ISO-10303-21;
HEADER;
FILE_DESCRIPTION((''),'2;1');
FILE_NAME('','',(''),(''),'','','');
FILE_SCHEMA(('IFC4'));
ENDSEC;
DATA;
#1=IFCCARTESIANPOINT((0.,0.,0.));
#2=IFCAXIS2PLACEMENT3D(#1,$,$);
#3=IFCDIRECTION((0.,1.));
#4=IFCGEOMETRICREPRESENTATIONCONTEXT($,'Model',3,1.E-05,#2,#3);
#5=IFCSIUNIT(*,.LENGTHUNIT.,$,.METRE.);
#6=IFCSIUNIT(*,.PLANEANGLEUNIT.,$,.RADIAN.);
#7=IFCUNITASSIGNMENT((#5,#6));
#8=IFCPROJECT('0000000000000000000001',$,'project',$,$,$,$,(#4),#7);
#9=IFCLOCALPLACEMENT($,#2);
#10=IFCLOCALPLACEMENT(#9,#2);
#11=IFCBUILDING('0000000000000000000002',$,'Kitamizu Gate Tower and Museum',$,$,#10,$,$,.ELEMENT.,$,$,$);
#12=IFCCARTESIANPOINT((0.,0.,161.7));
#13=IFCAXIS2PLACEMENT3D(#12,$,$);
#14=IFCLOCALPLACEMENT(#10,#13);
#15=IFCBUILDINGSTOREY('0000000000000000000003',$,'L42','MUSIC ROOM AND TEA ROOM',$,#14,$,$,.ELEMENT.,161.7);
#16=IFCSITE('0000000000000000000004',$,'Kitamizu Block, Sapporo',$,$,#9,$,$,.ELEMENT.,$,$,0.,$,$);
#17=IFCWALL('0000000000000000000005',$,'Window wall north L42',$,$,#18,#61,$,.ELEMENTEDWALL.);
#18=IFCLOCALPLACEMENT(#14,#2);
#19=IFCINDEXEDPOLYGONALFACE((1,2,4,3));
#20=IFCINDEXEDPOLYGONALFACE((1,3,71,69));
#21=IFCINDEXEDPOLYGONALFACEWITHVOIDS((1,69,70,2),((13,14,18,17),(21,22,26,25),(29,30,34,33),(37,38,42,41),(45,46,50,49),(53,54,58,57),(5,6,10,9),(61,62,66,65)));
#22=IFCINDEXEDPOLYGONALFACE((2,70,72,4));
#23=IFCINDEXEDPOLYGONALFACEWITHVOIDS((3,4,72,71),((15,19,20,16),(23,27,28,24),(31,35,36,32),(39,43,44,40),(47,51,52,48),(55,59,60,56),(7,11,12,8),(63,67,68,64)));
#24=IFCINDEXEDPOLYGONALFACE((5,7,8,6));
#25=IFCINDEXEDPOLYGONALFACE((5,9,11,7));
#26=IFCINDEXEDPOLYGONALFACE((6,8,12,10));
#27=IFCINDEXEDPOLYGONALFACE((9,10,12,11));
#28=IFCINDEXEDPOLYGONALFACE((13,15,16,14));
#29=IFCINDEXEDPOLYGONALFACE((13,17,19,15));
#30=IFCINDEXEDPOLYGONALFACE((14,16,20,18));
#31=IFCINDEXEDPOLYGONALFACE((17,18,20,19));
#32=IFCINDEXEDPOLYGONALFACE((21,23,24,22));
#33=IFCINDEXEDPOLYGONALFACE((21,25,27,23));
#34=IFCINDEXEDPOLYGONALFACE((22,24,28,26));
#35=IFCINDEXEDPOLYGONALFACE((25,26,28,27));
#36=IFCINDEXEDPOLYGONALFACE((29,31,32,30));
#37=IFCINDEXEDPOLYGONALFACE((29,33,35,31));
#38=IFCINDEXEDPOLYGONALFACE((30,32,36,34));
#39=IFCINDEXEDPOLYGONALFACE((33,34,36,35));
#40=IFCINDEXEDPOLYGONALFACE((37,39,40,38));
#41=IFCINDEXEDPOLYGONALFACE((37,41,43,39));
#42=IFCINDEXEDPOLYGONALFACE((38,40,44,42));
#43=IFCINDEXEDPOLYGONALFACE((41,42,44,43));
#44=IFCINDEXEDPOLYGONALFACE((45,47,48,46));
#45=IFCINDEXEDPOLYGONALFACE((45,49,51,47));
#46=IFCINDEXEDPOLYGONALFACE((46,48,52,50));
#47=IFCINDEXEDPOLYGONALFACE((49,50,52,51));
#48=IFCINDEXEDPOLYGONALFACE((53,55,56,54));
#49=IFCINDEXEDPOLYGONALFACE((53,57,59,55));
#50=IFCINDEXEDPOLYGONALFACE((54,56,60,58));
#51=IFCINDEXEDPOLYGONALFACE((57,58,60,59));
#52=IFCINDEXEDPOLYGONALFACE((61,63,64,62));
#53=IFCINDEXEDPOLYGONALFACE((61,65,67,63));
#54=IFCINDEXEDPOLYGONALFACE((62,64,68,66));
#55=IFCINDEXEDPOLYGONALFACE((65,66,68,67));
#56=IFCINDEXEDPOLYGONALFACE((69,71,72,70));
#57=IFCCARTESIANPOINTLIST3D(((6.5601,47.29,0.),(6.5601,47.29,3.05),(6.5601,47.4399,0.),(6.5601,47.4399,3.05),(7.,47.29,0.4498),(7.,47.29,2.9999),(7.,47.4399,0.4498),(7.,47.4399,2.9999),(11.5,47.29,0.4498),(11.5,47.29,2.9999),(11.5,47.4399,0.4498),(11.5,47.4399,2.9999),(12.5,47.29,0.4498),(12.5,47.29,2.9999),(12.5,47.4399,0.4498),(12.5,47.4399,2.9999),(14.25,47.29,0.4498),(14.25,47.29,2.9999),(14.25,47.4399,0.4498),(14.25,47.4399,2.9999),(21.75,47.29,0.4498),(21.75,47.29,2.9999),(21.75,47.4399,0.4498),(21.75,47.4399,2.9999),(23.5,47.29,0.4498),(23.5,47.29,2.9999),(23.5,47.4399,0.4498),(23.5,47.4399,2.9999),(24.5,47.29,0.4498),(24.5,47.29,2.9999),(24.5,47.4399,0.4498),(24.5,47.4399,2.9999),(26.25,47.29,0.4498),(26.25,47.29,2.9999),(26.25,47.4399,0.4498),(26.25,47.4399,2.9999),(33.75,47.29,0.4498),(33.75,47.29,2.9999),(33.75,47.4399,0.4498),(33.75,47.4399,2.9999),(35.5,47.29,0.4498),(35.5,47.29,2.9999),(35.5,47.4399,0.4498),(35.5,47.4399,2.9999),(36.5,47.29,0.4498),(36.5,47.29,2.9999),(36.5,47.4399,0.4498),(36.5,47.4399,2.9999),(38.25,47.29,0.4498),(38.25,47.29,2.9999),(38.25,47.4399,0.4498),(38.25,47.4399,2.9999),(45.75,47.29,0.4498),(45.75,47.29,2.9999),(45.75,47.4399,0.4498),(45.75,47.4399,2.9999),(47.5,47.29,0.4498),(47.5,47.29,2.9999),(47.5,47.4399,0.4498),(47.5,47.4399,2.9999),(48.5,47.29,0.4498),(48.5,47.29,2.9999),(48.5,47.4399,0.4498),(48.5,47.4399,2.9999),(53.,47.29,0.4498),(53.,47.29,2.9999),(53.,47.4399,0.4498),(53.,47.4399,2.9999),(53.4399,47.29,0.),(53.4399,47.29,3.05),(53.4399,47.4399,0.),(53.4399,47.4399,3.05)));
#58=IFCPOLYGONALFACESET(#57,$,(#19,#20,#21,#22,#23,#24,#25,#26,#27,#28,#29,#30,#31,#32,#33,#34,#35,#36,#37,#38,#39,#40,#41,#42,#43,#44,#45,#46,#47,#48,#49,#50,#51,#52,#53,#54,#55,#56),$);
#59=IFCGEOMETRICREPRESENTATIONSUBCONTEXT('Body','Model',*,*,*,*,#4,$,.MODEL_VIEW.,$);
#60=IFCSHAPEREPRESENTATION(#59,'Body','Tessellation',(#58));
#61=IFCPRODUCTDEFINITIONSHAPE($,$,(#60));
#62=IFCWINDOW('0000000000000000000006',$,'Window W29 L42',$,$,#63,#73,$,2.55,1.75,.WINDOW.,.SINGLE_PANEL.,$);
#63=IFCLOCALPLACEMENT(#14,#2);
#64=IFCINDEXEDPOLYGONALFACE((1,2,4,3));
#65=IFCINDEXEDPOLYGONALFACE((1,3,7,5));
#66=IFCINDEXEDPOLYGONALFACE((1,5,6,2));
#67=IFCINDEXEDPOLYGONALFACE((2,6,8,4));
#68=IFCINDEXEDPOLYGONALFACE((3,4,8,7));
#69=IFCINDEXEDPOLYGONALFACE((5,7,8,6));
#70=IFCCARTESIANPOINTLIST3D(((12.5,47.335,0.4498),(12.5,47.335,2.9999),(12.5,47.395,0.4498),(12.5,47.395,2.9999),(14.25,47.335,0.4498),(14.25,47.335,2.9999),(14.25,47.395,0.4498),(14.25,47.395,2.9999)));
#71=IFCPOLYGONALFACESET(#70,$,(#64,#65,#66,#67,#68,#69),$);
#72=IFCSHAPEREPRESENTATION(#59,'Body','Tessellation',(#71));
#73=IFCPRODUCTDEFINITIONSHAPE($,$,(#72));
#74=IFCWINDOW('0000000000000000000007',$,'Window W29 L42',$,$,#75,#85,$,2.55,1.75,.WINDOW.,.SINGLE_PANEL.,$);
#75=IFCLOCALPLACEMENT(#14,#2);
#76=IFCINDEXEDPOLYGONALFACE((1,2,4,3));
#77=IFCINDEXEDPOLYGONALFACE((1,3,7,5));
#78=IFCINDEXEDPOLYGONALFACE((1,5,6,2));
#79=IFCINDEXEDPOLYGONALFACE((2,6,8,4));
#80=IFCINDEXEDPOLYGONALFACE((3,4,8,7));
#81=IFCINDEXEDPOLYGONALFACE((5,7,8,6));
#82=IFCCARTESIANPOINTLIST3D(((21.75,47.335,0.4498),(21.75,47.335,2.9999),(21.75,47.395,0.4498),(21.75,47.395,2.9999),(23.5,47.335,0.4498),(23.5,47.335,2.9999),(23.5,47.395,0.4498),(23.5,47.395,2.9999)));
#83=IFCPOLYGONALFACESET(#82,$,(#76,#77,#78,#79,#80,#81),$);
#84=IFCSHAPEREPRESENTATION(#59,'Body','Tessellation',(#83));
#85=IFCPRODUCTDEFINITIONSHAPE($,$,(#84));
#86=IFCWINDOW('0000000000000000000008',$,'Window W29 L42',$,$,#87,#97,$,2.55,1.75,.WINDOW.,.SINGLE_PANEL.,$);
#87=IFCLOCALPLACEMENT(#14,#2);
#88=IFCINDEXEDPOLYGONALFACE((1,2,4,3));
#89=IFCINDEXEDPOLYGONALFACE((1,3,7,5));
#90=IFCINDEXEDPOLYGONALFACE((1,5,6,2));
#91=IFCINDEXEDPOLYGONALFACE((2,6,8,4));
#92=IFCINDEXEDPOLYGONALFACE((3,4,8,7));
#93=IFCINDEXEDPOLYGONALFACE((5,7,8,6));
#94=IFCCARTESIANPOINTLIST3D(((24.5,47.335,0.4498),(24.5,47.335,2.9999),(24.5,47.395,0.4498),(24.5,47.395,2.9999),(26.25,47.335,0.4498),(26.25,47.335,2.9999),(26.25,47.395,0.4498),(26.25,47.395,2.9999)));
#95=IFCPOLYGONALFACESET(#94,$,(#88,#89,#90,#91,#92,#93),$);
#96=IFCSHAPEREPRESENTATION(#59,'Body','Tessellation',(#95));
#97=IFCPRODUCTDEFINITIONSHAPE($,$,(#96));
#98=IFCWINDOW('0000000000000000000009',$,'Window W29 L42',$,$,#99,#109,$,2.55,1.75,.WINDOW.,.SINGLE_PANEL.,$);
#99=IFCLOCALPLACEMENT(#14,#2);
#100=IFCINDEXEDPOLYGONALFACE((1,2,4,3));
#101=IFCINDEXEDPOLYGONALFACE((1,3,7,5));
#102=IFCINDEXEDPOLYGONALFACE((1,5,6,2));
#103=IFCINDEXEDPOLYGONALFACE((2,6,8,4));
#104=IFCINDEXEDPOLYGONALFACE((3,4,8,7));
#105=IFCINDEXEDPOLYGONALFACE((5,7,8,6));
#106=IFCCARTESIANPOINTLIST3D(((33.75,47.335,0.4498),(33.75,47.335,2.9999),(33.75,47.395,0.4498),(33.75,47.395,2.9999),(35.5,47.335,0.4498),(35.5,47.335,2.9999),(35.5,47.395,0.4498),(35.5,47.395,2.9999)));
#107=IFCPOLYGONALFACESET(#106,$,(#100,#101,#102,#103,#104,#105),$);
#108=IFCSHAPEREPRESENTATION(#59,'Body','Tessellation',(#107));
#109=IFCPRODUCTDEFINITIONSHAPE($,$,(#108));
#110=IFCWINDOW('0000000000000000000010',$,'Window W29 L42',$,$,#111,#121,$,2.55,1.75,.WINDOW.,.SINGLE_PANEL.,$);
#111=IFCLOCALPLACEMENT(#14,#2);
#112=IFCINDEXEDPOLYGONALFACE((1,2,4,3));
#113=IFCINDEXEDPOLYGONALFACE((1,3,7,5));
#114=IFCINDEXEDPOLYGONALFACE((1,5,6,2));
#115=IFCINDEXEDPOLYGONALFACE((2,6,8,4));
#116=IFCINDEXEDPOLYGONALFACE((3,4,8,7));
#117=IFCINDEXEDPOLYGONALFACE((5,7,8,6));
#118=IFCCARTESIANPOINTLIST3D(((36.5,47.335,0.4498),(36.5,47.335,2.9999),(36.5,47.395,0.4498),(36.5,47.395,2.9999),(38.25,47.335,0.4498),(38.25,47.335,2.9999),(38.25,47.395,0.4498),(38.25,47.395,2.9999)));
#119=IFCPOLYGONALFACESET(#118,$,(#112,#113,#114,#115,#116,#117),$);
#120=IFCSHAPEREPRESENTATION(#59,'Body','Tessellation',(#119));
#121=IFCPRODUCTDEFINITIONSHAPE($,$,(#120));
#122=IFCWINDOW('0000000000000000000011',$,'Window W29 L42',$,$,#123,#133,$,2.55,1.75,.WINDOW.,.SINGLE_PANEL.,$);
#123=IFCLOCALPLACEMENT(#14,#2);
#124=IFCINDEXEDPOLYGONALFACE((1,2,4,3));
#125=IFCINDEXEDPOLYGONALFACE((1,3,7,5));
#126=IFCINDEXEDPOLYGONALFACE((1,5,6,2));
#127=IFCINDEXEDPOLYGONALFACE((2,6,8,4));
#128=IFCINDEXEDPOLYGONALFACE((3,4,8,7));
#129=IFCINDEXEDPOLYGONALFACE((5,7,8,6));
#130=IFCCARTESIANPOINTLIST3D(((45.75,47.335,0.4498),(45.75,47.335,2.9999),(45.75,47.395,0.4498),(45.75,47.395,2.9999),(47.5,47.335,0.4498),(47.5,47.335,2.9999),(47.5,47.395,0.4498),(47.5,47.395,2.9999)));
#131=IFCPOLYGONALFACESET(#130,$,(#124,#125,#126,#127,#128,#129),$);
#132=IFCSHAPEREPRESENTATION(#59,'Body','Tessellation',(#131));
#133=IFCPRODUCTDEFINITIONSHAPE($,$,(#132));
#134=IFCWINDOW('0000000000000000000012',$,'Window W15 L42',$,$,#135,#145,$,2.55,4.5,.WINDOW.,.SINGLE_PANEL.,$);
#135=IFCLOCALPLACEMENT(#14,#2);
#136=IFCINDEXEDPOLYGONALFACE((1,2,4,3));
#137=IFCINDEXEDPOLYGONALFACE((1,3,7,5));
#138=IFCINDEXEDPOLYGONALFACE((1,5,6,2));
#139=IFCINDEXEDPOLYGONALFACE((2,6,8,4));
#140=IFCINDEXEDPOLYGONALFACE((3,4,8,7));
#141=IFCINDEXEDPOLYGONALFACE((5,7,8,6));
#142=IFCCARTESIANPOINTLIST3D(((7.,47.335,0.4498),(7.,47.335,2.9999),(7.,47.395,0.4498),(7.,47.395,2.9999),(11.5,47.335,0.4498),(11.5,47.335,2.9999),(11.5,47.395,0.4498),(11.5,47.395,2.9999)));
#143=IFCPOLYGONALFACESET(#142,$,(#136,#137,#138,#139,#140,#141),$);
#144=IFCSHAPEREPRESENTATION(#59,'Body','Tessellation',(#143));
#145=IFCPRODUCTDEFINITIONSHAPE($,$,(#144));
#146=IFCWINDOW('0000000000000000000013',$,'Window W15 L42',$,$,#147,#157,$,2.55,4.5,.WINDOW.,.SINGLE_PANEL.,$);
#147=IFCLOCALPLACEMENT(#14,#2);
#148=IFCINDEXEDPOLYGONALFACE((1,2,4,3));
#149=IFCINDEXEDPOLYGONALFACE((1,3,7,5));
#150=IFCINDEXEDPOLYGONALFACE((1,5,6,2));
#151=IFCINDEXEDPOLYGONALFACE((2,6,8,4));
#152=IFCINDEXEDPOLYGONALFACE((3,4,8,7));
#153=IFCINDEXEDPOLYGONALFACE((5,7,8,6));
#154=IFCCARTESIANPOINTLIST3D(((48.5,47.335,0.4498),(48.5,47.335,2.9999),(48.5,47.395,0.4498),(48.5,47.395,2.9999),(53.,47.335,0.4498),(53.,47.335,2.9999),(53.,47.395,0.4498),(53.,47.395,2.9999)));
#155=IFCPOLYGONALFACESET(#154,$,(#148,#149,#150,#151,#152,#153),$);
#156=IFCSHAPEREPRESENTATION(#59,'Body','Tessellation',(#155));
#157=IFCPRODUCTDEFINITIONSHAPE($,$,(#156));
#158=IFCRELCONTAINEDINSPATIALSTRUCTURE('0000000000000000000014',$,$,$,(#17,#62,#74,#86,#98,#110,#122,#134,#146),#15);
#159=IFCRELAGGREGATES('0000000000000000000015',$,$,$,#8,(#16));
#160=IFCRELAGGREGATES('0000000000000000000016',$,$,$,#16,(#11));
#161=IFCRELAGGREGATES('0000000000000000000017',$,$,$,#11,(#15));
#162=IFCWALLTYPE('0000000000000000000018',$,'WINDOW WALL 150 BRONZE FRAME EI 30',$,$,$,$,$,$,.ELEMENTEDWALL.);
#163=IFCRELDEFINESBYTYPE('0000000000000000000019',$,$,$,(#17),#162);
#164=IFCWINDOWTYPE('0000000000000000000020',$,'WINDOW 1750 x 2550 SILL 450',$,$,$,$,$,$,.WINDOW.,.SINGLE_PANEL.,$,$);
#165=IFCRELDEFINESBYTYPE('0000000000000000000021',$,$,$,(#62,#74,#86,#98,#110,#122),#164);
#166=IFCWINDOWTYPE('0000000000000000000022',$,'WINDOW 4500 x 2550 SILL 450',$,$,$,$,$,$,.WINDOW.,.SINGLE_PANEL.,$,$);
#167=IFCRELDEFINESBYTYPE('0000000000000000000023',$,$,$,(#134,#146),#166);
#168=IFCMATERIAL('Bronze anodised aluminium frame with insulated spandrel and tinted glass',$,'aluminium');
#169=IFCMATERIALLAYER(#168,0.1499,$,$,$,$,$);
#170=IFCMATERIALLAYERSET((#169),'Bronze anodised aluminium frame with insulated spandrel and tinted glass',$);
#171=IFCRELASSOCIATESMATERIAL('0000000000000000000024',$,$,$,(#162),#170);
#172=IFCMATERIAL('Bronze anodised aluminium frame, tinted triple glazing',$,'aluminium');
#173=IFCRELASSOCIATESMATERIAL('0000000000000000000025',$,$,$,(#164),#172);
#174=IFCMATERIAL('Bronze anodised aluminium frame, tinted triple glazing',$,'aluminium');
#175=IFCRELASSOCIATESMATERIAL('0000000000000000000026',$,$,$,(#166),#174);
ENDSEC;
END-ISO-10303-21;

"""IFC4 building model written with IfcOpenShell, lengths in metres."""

from ifc_helpers import new_model, si_unit, direction, frame, frame_2d, origin, place, context, subcontext, project, spatial, rectangle, extrude, material, layer, layer_set, type_object, element, fill, save


model = new_model("IFC4")

# Units and contexts
model_context = context("Model", 3, precision=1e-05, world=origin(), true_north=direction((0.0, 1.0)))
body_context = subcontext(model_context, "Body", "Model", "MODEL_VIEW")
ifc_project = project(units=[si_unit("LENGTHUNIT", "METRE"), si_unit("PLANEANGLEUNIT", "RADIAN")], contexts=[model_context])

# Site, building, storey
site_placement = place(None, origin())
site = spatial("IfcSite", under=ifc_project, at=site_placement, Name="Kitamizu Block, Sapporo", CompositionType="ELEMENT", RefElevation=0.0)
building_placement = place(site_placement, origin())
building = spatial("IfcBuilding", under=site, at=building_placement, Name="Kitamizu Gate Tower and Museum", CompositionType="ELEMENT")
storey_placement = place(building_placement, frame((0.0, 0.0, 161.7)))
storey = spatial("IfcBuildingStorey", under=building, at=storey_placement, Name="L42", Description="MUSIC ROOM AND TEA ROOM", CompositionType="ELEMENT", Elevation=161.7)

# Wall, openings, windows
ifc_material_1 = material(Name="Bronze anodised aluminium frame with insulated spandrel and tinted glass", Category="aluminium")
ifc_layer_1 = layer(ifc_material_1, 0.1499)
ifc_layer_set_1 = layer_set([ifc_layer_1], Name="Bronze anodised aluminium frame with insulated spandrel and tinted glass")
wall_type_1 = type_object("IfcWallType", Name="WINDOW WALL 150 BRONZE FRAME EI 30", PredefinedType="ELEMENTEDWALL", material=ifc_layer_set_1)
wall_1_placement = place(storey_placement, frame((6.5601, 47.365, 0.0), z_axis=(0.0, 0.0, 1.0), x_axis=(1.0, 0.0, 0.0)))
wall_1 = element("IfcWall", 1, at=wall_1_placement, inside=storey, type_object=wall_type_1, Name="Window wall north L42", PredefinedType="ELEMENTEDWALL", context=body_context, shape_type="SweptSolid", body=[
    extrude(rectangle(XDim=46.8799, YDim=0.1499, at=frame_2d((23.4399, 0.0))), origin(), (0.0, 0.0, 1.0), 3.05),
])
opening_1_placement = place(wall_1_placement, frame((0.4399, 0.0, 0.45)))
opening_1 = element("IfcOpeningElement", 2, at=opening_1_placement, cuts=wall_1, PredefinedType="OPENING", context=body_context, shape_type="SweptSolid", body=[
    extrude(rectangle(XDim=4.5, YDim=2.55, at=frame_2d((2.25, 1.2749))), frame((0.0, 0.085, 0.0), z_axis=(0.0, -1.0, 0.0), x_axis=(1.0, 0.0, 0.0)), (0.0, 0.0, 1.0), 0.1699),
])
opening_2_placement = place(wall_1_placement, frame((5.9399, 0.0, 0.45)))
opening_2 = element("IfcOpeningElement", 3, at=opening_2_placement, cuts=wall_1, PredefinedType="OPENING", context=body_context, shape_type="SweptSolid", body=[
    extrude(rectangle(XDim=1.75, YDim=2.55, at=frame_2d((0.875, 1.2749))), frame((0.0, 0.085, 0.0), z_axis=(0.0, -1.0, 0.0), x_axis=(1.0, 0.0, 0.0)), (0.0, 0.0, 1.0), 0.1699),
])
opening_3_placement = place(wall_1_placement, frame((15.1899, 0.0, 0.45)))
opening_3 = element("IfcOpeningElement", 4, at=opening_3_placement, cuts=wall_1, PredefinedType="OPENING", context=body_context, shape_type="SweptSolid", body=[
    extrude(rectangle(XDim=1.75, YDim=2.55, at=frame_2d((0.875, 1.2749))), frame((0.0, 0.085, 0.0), z_axis=(0.0, -1.0, 0.0), x_axis=(1.0, 0.0, 0.0)), (0.0, 0.0, 1.0), 0.1699),
])
opening_4_placement = place(wall_1_placement, frame((17.9399, 0.0, 0.45)))
opening_4 = element("IfcOpeningElement", 5, at=opening_4_placement, cuts=wall_1, PredefinedType="OPENING", context=body_context, shape_type="SweptSolid", body=[
    extrude(rectangle(XDim=1.75, YDim=2.55, at=frame_2d((0.875, 1.2749))), frame((0.0, 0.085, 0.0), z_axis=(0.0, -1.0, 0.0), x_axis=(1.0, 0.0, 0.0)), (0.0, 0.0, 1.0), 0.1699),
])
opening_5_placement = place(wall_1_placement, frame((27.1899, 0.0, 0.45)))
opening_5 = element("IfcOpeningElement", 6, at=opening_5_placement, cuts=wall_1, PredefinedType="OPENING", context=body_context, shape_type="SweptSolid", body=[
    extrude(rectangle(XDim=1.75, YDim=2.55, at=frame_2d((0.875, 1.2749))), frame((0.0, 0.085, 0.0), z_axis=(0.0, -1.0, 0.0), x_axis=(1.0, 0.0, 0.0)), (0.0, 0.0, 1.0), 0.1699),
])
opening_6_placement = place(wall_1_placement, frame((29.9399, 0.0, 0.45)))
opening_6 = element("IfcOpeningElement", 7, at=opening_6_placement, cuts=wall_1, PredefinedType="OPENING", context=body_context, shape_type="SweptSolid", body=[
    extrude(rectangle(XDim=1.75, YDim=2.55, at=frame_2d((0.875, 1.2749))), frame((0.0, 0.085, 0.0), z_axis=(0.0, -1.0, 0.0), x_axis=(1.0, 0.0, 0.0)), (0.0, 0.0, 1.0), 0.1699),
])
opening_7_placement = place(wall_1_placement, frame((39.1899, 0.0, 0.45)))
opening_7 = element("IfcOpeningElement", 8, at=opening_7_placement, cuts=wall_1, PredefinedType="OPENING", context=body_context, shape_type="SweptSolid", body=[
    extrude(rectangle(XDim=1.75, YDim=2.55, at=frame_2d((0.875, 1.2749))), frame((0.0, 0.085, 0.0), z_axis=(0.0, -1.0, 0.0), x_axis=(1.0, 0.0, 0.0)), (0.0, 0.0, 1.0), 0.1699),
])
opening_8_placement = place(wall_1_placement, frame((41.9399, 0.0, 0.45)))
opening_8 = element("IfcOpeningElement", 9, at=opening_8_placement, cuts=wall_1, PredefinedType="OPENING", context=body_context, shape_type="SweptSolid", body=[
    extrude(rectangle(XDim=4.5, YDim=2.55, at=frame_2d((2.25, 1.2749))), frame((0.0, 0.085, 0.0), z_axis=(0.0, -1.0, 0.0), x_axis=(1.0, 0.0, 0.0)), (0.0, 0.0, 1.0), 0.1699),
])
ifc_material_2 = material(Name="Bronze anodised aluminium frame, tinted triple glazing", Category="aluminium")
window_type_1 = type_object("IfcWindowType", Name="WINDOW 1750 x 2550 SILL 450", PartitioningType="SINGLE_PANEL", PredefinedType="WINDOW", material=ifc_material_2)
window_1_placement = place(opening_2_placement, origin())
window_1 = element("IfcWindow", 10, at=window_1_placement, inside=storey, type_object=window_type_1, Name="Window W29 L42", OverallHeight=2.55, OverallWidth=1.75, PartitioningType="SINGLE_PANEL", PredefinedType="WINDOW", context=body_context, shape_type="SweptSolid", body=[
    extrude(rectangle(XDim=1.75, YDim=2.55, at=frame_2d((0.875, 1.2749))), frame((0.0, 0.03, 0.0), z_axis=(0.0, -1.0, 0.0), x_axis=(1.0, 0.0, 0.0)), (0.0, 0.0, 1.0), 0.0601),
])
fill(opening_2, window_1)
window_2_placement = place(opening_3_placement, origin())
window_2 = element("IfcWindow", 11, at=window_2_placement, inside=storey, type_object=window_type_1, Name="Window W29 L42", OverallHeight=2.55, OverallWidth=1.75, PartitioningType="SINGLE_PANEL", PredefinedType="WINDOW", context=body_context, shape_type="SweptSolid", body=[
    extrude(rectangle(XDim=1.75, YDim=2.55, at=frame_2d((0.875, 1.2749))), frame((0.0, 0.03, 0.0), z_axis=(0.0, -1.0, 0.0), x_axis=(1.0, 0.0, 0.0)), (0.0, 0.0, 1.0), 0.0601),
])
fill(opening_3, window_2)
window_3_placement = place(opening_4_placement, origin())
window_3 = element("IfcWindow", 12, at=window_3_placement, inside=storey, type_object=window_type_1, Name="Window W29 L42", OverallHeight=2.55, OverallWidth=1.75, PartitioningType="SINGLE_PANEL", PredefinedType="WINDOW", context=body_context, shape_type="SweptSolid", body=[
    extrude(rectangle(XDim=1.75, YDim=2.55, at=frame_2d((0.875, 1.2749))), frame((0.0, 0.03, 0.0), z_axis=(0.0, -1.0, 0.0), x_axis=(1.0, 0.0, 0.0)), (0.0, 0.0, 1.0), 0.0601),
])
fill(opening_4, window_3)
window_4_placement = place(opening_5_placement, origin())
window_4 = element("IfcWindow", 13, at=window_4_placement, inside=storey, type_object=window_type_1, Name="Window W29 L42", OverallHeight=2.55, OverallWidth=1.75, PartitioningType="SINGLE_PANEL", PredefinedType="WINDOW", context=body_context, shape_type="SweptSolid", body=[
    extrude(rectangle(XDim=1.75, YDim=2.55, at=frame_2d((0.875, 1.2749))), frame((0.0, 0.03, 0.0), z_axis=(0.0, -1.0, 0.0), x_axis=(1.0, 0.0, 0.0)), (0.0, 0.0, 1.0), 0.0601),
])
fill(opening_5, window_4)
window_5_placement = place(opening_6_placement, origin())
window_5 = element("IfcWindow", 14, at=window_5_placement, inside=storey, type_object=window_type_1, Name="Window W29 L42", OverallHeight=2.55, OverallWidth=1.75, PartitioningType="SINGLE_PANEL", PredefinedType="WINDOW", context=body_context, shape_type="SweptSolid", body=[
    extrude(rectangle(XDim=1.75, YDim=2.55, at=frame_2d((0.875, 1.2749))), frame((0.0, 0.03, 0.0), z_axis=(0.0, -1.0, 0.0), x_axis=(1.0, 0.0, 0.0)), (0.0, 0.0, 1.0), 0.0601),
])
fill(opening_6, window_5)
window_6_placement = place(opening_7_placement, origin())
window_6 = element("IfcWindow", 15, at=window_6_placement, inside=storey, type_object=window_type_1, Name="Window W29 L42", OverallHeight=2.55, OverallWidth=1.75, PartitioningType="SINGLE_PANEL", PredefinedType="WINDOW", context=body_context, shape_type="SweptSolid", body=[
    extrude(rectangle(XDim=1.75, YDim=2.55, at=frame_2d((0.875, 1.2749))), frame((0.0, 0.03, 0.0), z_axis=(0.0, -1.0, 0.0), x_axis=(1.0, 0.0, 0.0)), (0.0, 0.0, 1.0), 0.0601),
])
fill(opening_7, window_6)
ifc_material_3 = material(Name="Bronze anodised aluminium frame, tinted triple glazing", Category="aluminium")
window_type_2 = type_object("IfcWindowType", Name="WINDOW 4500 x 2550 SILL 450", PartitioningType="SINGLE_PANEL", PredefinedType="WINDOW", material=ifc_material_3)
window_7_placement = place(opening_1_placement, origin())
window_7 = element("IfcWindow", 16, at=window_7_placement, inside=storey, type_object=window_type_2, Name="Window W15 L42", OverallHeight=2.55, OverallWidth=4.5, PartitioningType="SINGLE_PANEL", PredefinedType="WINDOW", context=body_context, shape_type="SweptSolid", body=[
    extrude(rectangle(XDim=4.5, YDim=2.55, at=frame_2d((2.25, 1.2749))), frame((0.0, 0.03, 0.0), z_axis=(0.0, -1.0, 0.0), x_axis=(1.0, 0.0, 0.0)), (0.0, 0.0, 1.0), 0.0601),
])
fill(opening_1, window_7)
window_8_placement = place(opening_8_placement, origin())
window_8 = element("IfcWindow", 17, at=window_8_placement, inside=storey, type_object=window_type_2, Name="Window W15 L42", OverallHeight=2.55, OverallWidth=4.5, PartitioningType="SINGLE_PANEL", PredefinedType="WINDOW", context=body_context, shape_type="SweptSolid", body=[
    extrude(rectangle(XDim=4.5, YDim=2.55, at=frame_2d((2.25, 1.2749))), frame((0.0, 0.03, 0.0), z_axis=(0.0, -1.0, 0.0), x_axis=(1.0, 0.0, 0.0)), (0.0, 0.0, 1.0), 0.0601),
])
fill(opening_8, window_8)

save(model, "model.ifc")
